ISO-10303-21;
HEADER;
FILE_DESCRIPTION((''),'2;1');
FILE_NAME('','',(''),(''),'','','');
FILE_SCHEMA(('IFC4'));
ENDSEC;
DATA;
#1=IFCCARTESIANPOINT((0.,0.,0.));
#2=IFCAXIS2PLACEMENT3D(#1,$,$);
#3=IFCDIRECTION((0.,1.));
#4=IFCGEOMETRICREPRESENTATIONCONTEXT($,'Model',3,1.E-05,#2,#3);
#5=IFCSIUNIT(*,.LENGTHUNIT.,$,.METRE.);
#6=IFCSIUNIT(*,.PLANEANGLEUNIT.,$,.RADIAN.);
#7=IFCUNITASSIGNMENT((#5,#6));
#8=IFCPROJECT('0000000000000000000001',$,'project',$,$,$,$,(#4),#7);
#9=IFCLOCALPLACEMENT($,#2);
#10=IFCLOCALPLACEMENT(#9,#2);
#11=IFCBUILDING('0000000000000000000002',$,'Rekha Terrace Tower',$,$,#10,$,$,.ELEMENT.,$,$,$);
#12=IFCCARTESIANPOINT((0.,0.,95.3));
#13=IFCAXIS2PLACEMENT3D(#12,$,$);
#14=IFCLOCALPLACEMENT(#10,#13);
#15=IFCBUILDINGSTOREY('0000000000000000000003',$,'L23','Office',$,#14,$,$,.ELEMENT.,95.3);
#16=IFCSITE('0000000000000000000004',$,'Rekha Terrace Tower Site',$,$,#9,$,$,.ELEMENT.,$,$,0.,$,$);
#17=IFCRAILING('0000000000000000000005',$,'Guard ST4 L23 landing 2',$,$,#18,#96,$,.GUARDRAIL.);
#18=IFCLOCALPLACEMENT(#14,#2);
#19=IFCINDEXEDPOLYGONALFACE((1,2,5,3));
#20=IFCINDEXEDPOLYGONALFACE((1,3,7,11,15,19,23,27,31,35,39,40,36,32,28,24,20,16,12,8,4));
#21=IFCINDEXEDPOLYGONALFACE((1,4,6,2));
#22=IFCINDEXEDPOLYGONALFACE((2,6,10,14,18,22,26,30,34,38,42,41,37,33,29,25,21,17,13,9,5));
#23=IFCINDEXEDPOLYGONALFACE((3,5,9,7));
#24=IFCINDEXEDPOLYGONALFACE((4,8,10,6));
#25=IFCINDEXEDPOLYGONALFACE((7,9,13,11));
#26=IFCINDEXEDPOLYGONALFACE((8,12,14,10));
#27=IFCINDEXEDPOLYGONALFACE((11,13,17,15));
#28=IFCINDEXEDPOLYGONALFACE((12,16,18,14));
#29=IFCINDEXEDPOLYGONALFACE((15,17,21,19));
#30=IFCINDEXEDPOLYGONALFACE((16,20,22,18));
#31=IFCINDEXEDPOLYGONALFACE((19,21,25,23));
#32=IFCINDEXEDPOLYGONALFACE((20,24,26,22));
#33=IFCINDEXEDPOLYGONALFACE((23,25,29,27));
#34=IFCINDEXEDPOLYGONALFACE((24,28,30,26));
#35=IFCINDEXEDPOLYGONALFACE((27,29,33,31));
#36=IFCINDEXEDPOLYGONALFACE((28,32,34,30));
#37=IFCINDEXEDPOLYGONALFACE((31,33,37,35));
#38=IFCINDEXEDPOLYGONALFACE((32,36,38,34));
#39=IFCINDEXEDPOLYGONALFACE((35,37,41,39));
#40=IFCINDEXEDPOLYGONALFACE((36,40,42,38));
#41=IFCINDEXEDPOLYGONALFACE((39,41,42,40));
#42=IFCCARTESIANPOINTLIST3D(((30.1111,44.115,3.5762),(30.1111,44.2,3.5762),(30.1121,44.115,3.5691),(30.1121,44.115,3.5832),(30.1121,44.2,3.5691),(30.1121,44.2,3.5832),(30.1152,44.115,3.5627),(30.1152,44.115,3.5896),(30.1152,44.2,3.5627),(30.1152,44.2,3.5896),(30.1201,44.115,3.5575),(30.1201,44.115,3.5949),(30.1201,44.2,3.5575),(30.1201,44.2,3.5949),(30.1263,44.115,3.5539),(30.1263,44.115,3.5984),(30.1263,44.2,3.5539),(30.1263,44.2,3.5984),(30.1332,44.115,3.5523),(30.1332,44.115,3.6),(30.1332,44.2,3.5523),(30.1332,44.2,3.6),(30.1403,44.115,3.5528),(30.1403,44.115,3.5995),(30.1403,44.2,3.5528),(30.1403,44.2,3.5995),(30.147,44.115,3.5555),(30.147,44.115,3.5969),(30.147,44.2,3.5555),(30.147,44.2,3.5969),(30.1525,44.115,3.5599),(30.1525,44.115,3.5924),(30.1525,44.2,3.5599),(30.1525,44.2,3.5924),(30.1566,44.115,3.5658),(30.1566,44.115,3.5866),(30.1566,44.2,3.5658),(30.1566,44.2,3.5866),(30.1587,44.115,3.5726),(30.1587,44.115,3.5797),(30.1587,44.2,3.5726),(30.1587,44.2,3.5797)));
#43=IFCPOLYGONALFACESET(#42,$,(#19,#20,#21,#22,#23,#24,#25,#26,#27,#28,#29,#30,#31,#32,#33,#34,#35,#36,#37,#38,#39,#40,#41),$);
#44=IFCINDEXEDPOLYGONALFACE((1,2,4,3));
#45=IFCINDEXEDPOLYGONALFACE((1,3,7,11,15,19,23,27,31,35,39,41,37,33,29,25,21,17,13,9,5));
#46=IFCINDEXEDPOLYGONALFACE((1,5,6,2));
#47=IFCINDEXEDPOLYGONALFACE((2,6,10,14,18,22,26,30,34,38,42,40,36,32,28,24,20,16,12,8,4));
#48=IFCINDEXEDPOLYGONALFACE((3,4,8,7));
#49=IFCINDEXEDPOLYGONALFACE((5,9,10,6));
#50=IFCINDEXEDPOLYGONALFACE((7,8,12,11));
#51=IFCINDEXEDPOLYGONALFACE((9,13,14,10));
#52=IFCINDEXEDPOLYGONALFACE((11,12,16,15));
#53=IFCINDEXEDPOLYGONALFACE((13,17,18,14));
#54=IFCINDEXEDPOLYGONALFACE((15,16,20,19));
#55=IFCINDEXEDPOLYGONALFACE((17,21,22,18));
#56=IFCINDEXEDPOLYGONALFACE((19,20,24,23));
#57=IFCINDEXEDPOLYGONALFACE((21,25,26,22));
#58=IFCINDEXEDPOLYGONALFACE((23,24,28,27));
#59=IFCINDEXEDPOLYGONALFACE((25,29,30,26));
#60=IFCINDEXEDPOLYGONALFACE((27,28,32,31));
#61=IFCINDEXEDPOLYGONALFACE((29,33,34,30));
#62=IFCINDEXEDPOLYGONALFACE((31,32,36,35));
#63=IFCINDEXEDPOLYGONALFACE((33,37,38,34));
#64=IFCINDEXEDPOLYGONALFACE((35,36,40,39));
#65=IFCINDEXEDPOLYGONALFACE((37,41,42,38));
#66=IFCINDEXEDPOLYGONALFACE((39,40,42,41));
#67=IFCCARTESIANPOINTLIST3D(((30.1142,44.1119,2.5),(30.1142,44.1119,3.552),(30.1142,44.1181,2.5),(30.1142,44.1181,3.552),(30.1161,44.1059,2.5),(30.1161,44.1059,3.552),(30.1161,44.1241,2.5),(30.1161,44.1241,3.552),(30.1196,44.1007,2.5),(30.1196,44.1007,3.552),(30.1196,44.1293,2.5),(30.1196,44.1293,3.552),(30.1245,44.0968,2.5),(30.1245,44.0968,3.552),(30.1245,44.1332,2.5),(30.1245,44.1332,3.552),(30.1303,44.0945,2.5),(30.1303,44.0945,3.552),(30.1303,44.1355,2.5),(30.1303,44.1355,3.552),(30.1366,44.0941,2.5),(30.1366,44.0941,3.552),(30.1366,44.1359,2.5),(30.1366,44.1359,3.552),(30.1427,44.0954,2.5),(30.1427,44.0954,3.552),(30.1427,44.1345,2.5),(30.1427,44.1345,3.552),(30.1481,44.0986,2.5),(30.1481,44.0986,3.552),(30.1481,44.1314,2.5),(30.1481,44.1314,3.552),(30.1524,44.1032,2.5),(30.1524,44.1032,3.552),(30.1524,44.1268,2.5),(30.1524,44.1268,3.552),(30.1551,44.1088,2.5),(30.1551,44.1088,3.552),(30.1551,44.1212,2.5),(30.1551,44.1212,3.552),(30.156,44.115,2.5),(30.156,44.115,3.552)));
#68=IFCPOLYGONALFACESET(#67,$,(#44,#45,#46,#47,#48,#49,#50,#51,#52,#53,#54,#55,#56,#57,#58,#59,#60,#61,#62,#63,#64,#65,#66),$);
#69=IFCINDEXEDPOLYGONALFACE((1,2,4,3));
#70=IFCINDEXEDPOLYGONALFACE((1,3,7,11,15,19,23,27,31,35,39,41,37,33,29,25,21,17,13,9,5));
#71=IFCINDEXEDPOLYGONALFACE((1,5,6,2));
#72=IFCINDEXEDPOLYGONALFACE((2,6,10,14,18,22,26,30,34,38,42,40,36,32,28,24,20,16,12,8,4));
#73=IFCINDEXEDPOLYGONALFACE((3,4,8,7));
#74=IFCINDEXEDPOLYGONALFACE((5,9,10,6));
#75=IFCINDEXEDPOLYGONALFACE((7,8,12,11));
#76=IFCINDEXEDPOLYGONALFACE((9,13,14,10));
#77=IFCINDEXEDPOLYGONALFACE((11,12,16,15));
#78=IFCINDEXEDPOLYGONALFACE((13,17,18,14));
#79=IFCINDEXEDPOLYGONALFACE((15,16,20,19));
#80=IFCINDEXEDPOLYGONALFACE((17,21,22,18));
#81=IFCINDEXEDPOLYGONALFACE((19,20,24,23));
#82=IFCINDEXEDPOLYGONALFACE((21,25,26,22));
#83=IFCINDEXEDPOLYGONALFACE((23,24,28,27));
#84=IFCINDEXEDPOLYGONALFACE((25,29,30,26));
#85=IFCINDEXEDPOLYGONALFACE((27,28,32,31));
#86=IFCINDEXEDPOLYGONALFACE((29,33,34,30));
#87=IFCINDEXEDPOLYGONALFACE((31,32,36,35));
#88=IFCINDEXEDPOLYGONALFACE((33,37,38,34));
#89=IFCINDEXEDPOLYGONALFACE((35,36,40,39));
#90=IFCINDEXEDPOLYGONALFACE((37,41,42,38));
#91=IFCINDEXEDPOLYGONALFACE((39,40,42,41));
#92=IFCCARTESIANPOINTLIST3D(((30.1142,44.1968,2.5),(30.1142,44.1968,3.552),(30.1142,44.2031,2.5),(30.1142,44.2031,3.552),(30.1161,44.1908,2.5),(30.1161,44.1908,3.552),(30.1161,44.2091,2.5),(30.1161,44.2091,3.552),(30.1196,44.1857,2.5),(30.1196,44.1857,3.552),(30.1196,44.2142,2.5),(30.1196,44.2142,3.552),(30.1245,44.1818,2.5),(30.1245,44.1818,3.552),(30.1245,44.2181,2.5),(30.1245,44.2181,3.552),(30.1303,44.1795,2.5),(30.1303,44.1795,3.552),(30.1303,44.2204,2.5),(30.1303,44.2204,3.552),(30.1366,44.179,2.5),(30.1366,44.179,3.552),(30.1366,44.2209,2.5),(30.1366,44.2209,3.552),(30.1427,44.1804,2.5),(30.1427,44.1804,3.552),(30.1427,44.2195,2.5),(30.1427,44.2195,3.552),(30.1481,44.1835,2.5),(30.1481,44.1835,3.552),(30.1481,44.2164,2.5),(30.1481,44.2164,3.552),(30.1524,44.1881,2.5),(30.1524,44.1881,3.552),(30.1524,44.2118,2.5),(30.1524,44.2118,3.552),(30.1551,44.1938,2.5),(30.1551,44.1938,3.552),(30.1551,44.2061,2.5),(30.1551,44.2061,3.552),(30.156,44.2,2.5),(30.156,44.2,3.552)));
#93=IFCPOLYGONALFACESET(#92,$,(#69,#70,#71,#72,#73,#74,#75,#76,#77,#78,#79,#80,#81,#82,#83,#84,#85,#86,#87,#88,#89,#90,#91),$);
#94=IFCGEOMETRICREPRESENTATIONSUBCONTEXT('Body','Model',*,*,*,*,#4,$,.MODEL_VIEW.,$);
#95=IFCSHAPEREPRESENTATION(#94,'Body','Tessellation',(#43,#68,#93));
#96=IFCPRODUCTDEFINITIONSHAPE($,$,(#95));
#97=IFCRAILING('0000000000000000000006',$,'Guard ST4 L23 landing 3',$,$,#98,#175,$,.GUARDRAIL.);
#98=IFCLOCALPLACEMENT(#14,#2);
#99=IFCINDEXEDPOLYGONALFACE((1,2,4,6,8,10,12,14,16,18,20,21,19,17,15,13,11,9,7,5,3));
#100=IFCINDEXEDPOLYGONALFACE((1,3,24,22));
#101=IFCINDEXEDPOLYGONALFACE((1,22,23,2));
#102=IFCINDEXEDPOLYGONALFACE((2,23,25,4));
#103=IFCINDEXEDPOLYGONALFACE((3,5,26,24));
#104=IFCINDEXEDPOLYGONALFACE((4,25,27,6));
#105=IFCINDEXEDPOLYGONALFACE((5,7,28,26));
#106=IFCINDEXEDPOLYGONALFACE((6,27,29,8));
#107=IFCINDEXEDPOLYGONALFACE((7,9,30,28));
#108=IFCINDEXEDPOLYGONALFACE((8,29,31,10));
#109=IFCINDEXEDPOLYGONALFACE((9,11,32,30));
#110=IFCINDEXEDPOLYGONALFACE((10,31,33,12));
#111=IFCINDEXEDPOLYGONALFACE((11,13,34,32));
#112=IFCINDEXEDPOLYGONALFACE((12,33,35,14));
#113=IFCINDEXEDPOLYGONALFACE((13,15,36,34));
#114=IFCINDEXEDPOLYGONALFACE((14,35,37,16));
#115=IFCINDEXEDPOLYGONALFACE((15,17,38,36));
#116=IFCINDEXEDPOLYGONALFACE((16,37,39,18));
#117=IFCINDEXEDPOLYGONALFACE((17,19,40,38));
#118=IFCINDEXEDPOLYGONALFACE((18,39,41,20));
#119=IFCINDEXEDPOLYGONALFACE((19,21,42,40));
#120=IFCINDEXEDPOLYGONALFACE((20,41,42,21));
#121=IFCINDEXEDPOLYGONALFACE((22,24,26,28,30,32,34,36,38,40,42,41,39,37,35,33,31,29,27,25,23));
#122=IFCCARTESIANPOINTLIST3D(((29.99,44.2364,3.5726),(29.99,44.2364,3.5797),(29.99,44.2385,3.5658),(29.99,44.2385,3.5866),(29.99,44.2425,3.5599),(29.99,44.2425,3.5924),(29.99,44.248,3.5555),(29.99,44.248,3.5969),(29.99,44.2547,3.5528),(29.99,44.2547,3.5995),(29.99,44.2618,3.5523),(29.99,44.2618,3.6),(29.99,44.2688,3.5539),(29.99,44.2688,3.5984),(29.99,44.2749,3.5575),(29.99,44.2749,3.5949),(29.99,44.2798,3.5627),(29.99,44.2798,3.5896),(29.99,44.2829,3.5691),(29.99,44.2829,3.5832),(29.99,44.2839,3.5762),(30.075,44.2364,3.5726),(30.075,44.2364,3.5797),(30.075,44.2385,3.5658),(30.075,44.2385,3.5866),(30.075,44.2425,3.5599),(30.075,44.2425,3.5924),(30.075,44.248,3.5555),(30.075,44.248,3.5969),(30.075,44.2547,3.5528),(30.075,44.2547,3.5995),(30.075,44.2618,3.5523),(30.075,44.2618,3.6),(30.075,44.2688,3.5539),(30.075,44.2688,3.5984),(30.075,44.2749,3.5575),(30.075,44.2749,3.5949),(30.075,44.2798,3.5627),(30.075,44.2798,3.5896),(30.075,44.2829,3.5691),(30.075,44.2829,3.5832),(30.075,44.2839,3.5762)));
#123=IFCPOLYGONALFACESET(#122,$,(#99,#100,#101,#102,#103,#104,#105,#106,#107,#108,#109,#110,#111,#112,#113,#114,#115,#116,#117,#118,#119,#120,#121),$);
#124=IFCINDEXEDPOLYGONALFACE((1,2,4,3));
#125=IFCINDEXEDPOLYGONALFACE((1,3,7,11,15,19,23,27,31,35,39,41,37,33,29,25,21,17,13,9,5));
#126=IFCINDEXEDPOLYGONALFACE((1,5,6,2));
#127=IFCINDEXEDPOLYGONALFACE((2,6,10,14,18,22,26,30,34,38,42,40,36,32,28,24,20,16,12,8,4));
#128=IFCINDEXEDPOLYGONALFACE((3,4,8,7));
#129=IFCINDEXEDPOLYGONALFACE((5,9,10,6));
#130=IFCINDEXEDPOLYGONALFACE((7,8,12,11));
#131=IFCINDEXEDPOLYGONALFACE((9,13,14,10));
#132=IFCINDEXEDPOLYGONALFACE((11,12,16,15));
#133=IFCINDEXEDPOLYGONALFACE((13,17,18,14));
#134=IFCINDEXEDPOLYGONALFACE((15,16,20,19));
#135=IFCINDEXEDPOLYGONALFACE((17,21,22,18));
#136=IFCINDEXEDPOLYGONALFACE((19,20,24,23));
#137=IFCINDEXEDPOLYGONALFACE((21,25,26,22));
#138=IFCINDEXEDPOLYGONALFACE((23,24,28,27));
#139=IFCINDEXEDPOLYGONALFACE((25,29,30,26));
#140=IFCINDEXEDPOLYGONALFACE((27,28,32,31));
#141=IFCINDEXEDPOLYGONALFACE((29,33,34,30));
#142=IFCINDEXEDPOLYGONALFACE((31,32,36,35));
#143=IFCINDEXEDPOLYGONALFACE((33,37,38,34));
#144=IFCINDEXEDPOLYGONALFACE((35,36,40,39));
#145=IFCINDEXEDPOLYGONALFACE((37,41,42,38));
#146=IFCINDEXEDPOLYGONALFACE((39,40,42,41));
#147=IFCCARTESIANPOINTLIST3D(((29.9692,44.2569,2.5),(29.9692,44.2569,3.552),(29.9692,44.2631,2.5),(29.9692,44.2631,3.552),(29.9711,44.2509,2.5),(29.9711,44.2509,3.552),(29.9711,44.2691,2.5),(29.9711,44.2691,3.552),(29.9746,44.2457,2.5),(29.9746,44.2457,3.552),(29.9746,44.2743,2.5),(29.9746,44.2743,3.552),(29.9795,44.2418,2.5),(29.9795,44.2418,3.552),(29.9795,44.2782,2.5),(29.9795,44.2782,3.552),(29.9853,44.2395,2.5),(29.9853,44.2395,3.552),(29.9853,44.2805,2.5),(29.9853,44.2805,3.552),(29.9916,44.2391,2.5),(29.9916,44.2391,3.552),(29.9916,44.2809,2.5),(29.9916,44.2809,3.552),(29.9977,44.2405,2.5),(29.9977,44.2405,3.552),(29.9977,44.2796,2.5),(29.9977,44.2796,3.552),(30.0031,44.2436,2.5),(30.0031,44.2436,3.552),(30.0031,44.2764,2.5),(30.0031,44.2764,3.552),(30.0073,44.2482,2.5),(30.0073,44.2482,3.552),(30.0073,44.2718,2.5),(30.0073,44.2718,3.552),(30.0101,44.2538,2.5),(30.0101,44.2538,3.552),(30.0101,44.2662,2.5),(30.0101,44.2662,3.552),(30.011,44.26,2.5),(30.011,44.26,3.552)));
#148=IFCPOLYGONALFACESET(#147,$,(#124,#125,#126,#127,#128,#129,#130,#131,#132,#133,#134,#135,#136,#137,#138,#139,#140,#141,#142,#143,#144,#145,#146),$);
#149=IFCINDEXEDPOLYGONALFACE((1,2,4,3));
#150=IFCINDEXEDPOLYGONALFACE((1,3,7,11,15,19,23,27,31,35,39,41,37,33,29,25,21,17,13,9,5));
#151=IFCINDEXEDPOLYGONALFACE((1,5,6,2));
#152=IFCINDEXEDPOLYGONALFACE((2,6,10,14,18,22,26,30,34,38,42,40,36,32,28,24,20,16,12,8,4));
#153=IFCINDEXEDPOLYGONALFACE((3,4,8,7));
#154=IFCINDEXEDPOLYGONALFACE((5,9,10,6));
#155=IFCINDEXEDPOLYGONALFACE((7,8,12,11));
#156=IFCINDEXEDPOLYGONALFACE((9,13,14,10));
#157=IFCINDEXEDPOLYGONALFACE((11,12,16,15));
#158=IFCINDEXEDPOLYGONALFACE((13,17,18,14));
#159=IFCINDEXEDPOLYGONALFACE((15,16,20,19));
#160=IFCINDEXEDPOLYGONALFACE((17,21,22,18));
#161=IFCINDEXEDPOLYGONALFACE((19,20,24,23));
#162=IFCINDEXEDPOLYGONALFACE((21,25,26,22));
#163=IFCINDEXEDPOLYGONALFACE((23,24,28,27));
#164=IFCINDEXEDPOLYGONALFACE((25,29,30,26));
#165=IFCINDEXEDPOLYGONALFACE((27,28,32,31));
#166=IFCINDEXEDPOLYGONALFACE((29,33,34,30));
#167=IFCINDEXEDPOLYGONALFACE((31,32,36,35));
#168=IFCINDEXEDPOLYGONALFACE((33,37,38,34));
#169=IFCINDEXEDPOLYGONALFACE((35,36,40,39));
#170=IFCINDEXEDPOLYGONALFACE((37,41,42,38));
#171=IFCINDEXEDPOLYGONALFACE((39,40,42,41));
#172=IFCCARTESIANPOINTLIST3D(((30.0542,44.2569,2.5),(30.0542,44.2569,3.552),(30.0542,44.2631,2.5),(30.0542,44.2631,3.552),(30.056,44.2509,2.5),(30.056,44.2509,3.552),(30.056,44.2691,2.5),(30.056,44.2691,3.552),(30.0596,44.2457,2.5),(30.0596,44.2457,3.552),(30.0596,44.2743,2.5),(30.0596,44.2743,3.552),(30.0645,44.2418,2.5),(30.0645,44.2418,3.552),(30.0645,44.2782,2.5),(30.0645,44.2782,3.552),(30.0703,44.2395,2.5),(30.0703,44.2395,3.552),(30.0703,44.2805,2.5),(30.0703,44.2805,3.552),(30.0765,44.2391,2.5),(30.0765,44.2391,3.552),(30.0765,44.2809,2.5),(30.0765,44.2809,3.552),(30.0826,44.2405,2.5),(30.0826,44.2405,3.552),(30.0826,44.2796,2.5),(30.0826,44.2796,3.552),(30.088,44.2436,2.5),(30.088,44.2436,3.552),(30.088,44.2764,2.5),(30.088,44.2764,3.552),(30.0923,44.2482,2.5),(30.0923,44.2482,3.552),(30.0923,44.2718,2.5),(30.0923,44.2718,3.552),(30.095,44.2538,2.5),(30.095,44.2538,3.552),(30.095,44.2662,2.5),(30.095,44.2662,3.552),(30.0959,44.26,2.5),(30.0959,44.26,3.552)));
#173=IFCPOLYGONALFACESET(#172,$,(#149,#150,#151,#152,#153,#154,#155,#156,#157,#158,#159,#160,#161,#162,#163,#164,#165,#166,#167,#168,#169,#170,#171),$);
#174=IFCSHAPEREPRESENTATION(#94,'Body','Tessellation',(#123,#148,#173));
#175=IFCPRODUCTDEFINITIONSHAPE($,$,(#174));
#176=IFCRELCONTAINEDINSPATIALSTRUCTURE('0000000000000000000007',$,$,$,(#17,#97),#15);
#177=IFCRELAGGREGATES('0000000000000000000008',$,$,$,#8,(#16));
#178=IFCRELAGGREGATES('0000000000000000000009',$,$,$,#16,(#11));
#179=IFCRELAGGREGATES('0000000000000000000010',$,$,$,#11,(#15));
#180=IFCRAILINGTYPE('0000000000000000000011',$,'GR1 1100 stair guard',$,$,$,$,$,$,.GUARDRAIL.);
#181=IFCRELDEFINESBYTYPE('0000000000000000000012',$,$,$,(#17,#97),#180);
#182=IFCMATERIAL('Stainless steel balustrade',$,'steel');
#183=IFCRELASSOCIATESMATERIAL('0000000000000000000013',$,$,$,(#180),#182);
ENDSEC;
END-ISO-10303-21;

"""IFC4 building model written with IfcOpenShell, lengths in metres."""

from ifc_helpers import new_model, si_unit, direction, frame, origin, origin_2d, place, context, subcontext, project, spatial, circle, extrude, material, type_object, element, save


model = new_model("IFC4")

# Units and contexts
model_context = context("Model", 3, precision=1e-05, world=origin(), true_north=direction((0.0, 1.0)))
body_context = subcontext(model_context, "Body", "Model", "MODEL_VIEW")
ifc_project = project(units=[si_unit("LENGTHUNIT", "METRE"), si_unit("PLANEANGLEUNIT", "RADIAN")], contexts=[model_context])

# Site, building, storey
site_placement = place(None, origin())
site = spatial("IfcSite", under=ifc_project, at=site_placement, Name="Rekha Terrace Tower Site", CompositionType="ELEMENT", RefElevation=0.0)
building_placement = place(site_placement, origin())
building = spatial("IfcBuilding", under=site, at=building_placement, Name="Rekha Terrace Tower", CompositionType="ELEMENT")
storey_placement = place(building_placement, frame((0.0, 0.0, 95.3)))
storey = spatial("IfcBuildingStorey", under=building, at=storey_placement, Name="L23", Description="Office", CompositionType="ELEMENT", Elevation=95.3)

# Railings
ifc_material_1 = material(Name="Stainless steel balustrade", Category="steel")
railing_type_1 = type_object("IfcRailingType", Name="GR1 1100 stair guard", PredefinedType="GUARDRAIL", material=ifc_material_1)
railing_1_placement = place(storey_placement, frame((30.135, 44.115, 2.5)))
element("IfcRailing", 1, at=railing_1_placement, inside=storey, type_object=railing_type_1, Name="Guard ST4 L23 landing 2", PredefinedType="GUARDRAIL", context=body_context, shape_type="SweptSolid", body=[
    extrude(circle(Radius=0.0239, at=origin_2d()), frame((0.0, 0.0, 1.0762), z_axis=(0.0, 1.0, 0.0), x_axis=(-1.0, 0.0, 0.0)), (0.0, 0.0, 1.0), 0.085),
    extrude(circle(Radius=0.021, at=origin_2d()), origin(), (0.0, 0.0, 1.0), 1.052),
    extrude(circle(Radius=0.021, at=origin_2d()), frame((0.0, 0.085, 0.0)), (0.0, 0.0, 1.0), 1.052),
])
railing_2_placement = place(storey_placement, frame((29.99, 44.26, 2.5)))
element("IfcRailing", 2, at=railing_2_placement, inside=storey, type_object=railing_type_1, Name="Guard ST4 L23 landing 3", PredefinedType="GUARDRAIL", context=body_context, shape_type="SweptSolid", body=[
    extrude(circle(Radius=0.0239, at=origin_2d()), frame((0.0, 0.0, 1.0762), z_axis=(1.0, 0.0, 0.0), x_axis=(0.0, 1.0, 0.0)), (0.0, 0.0, 1.0), 0.085),
    extrude(circle(Radius=0.021, at=origin_2d()), origin(), (0.0, 0.0, 1.0), 1.052),
    extrude(circle(Radius=0.021, at=origin_2d()), frame((0.085, 0.0, 0.0)), (0.0, 0.0, 1.0), 1.052),
])

save(model, "model.ifc")
